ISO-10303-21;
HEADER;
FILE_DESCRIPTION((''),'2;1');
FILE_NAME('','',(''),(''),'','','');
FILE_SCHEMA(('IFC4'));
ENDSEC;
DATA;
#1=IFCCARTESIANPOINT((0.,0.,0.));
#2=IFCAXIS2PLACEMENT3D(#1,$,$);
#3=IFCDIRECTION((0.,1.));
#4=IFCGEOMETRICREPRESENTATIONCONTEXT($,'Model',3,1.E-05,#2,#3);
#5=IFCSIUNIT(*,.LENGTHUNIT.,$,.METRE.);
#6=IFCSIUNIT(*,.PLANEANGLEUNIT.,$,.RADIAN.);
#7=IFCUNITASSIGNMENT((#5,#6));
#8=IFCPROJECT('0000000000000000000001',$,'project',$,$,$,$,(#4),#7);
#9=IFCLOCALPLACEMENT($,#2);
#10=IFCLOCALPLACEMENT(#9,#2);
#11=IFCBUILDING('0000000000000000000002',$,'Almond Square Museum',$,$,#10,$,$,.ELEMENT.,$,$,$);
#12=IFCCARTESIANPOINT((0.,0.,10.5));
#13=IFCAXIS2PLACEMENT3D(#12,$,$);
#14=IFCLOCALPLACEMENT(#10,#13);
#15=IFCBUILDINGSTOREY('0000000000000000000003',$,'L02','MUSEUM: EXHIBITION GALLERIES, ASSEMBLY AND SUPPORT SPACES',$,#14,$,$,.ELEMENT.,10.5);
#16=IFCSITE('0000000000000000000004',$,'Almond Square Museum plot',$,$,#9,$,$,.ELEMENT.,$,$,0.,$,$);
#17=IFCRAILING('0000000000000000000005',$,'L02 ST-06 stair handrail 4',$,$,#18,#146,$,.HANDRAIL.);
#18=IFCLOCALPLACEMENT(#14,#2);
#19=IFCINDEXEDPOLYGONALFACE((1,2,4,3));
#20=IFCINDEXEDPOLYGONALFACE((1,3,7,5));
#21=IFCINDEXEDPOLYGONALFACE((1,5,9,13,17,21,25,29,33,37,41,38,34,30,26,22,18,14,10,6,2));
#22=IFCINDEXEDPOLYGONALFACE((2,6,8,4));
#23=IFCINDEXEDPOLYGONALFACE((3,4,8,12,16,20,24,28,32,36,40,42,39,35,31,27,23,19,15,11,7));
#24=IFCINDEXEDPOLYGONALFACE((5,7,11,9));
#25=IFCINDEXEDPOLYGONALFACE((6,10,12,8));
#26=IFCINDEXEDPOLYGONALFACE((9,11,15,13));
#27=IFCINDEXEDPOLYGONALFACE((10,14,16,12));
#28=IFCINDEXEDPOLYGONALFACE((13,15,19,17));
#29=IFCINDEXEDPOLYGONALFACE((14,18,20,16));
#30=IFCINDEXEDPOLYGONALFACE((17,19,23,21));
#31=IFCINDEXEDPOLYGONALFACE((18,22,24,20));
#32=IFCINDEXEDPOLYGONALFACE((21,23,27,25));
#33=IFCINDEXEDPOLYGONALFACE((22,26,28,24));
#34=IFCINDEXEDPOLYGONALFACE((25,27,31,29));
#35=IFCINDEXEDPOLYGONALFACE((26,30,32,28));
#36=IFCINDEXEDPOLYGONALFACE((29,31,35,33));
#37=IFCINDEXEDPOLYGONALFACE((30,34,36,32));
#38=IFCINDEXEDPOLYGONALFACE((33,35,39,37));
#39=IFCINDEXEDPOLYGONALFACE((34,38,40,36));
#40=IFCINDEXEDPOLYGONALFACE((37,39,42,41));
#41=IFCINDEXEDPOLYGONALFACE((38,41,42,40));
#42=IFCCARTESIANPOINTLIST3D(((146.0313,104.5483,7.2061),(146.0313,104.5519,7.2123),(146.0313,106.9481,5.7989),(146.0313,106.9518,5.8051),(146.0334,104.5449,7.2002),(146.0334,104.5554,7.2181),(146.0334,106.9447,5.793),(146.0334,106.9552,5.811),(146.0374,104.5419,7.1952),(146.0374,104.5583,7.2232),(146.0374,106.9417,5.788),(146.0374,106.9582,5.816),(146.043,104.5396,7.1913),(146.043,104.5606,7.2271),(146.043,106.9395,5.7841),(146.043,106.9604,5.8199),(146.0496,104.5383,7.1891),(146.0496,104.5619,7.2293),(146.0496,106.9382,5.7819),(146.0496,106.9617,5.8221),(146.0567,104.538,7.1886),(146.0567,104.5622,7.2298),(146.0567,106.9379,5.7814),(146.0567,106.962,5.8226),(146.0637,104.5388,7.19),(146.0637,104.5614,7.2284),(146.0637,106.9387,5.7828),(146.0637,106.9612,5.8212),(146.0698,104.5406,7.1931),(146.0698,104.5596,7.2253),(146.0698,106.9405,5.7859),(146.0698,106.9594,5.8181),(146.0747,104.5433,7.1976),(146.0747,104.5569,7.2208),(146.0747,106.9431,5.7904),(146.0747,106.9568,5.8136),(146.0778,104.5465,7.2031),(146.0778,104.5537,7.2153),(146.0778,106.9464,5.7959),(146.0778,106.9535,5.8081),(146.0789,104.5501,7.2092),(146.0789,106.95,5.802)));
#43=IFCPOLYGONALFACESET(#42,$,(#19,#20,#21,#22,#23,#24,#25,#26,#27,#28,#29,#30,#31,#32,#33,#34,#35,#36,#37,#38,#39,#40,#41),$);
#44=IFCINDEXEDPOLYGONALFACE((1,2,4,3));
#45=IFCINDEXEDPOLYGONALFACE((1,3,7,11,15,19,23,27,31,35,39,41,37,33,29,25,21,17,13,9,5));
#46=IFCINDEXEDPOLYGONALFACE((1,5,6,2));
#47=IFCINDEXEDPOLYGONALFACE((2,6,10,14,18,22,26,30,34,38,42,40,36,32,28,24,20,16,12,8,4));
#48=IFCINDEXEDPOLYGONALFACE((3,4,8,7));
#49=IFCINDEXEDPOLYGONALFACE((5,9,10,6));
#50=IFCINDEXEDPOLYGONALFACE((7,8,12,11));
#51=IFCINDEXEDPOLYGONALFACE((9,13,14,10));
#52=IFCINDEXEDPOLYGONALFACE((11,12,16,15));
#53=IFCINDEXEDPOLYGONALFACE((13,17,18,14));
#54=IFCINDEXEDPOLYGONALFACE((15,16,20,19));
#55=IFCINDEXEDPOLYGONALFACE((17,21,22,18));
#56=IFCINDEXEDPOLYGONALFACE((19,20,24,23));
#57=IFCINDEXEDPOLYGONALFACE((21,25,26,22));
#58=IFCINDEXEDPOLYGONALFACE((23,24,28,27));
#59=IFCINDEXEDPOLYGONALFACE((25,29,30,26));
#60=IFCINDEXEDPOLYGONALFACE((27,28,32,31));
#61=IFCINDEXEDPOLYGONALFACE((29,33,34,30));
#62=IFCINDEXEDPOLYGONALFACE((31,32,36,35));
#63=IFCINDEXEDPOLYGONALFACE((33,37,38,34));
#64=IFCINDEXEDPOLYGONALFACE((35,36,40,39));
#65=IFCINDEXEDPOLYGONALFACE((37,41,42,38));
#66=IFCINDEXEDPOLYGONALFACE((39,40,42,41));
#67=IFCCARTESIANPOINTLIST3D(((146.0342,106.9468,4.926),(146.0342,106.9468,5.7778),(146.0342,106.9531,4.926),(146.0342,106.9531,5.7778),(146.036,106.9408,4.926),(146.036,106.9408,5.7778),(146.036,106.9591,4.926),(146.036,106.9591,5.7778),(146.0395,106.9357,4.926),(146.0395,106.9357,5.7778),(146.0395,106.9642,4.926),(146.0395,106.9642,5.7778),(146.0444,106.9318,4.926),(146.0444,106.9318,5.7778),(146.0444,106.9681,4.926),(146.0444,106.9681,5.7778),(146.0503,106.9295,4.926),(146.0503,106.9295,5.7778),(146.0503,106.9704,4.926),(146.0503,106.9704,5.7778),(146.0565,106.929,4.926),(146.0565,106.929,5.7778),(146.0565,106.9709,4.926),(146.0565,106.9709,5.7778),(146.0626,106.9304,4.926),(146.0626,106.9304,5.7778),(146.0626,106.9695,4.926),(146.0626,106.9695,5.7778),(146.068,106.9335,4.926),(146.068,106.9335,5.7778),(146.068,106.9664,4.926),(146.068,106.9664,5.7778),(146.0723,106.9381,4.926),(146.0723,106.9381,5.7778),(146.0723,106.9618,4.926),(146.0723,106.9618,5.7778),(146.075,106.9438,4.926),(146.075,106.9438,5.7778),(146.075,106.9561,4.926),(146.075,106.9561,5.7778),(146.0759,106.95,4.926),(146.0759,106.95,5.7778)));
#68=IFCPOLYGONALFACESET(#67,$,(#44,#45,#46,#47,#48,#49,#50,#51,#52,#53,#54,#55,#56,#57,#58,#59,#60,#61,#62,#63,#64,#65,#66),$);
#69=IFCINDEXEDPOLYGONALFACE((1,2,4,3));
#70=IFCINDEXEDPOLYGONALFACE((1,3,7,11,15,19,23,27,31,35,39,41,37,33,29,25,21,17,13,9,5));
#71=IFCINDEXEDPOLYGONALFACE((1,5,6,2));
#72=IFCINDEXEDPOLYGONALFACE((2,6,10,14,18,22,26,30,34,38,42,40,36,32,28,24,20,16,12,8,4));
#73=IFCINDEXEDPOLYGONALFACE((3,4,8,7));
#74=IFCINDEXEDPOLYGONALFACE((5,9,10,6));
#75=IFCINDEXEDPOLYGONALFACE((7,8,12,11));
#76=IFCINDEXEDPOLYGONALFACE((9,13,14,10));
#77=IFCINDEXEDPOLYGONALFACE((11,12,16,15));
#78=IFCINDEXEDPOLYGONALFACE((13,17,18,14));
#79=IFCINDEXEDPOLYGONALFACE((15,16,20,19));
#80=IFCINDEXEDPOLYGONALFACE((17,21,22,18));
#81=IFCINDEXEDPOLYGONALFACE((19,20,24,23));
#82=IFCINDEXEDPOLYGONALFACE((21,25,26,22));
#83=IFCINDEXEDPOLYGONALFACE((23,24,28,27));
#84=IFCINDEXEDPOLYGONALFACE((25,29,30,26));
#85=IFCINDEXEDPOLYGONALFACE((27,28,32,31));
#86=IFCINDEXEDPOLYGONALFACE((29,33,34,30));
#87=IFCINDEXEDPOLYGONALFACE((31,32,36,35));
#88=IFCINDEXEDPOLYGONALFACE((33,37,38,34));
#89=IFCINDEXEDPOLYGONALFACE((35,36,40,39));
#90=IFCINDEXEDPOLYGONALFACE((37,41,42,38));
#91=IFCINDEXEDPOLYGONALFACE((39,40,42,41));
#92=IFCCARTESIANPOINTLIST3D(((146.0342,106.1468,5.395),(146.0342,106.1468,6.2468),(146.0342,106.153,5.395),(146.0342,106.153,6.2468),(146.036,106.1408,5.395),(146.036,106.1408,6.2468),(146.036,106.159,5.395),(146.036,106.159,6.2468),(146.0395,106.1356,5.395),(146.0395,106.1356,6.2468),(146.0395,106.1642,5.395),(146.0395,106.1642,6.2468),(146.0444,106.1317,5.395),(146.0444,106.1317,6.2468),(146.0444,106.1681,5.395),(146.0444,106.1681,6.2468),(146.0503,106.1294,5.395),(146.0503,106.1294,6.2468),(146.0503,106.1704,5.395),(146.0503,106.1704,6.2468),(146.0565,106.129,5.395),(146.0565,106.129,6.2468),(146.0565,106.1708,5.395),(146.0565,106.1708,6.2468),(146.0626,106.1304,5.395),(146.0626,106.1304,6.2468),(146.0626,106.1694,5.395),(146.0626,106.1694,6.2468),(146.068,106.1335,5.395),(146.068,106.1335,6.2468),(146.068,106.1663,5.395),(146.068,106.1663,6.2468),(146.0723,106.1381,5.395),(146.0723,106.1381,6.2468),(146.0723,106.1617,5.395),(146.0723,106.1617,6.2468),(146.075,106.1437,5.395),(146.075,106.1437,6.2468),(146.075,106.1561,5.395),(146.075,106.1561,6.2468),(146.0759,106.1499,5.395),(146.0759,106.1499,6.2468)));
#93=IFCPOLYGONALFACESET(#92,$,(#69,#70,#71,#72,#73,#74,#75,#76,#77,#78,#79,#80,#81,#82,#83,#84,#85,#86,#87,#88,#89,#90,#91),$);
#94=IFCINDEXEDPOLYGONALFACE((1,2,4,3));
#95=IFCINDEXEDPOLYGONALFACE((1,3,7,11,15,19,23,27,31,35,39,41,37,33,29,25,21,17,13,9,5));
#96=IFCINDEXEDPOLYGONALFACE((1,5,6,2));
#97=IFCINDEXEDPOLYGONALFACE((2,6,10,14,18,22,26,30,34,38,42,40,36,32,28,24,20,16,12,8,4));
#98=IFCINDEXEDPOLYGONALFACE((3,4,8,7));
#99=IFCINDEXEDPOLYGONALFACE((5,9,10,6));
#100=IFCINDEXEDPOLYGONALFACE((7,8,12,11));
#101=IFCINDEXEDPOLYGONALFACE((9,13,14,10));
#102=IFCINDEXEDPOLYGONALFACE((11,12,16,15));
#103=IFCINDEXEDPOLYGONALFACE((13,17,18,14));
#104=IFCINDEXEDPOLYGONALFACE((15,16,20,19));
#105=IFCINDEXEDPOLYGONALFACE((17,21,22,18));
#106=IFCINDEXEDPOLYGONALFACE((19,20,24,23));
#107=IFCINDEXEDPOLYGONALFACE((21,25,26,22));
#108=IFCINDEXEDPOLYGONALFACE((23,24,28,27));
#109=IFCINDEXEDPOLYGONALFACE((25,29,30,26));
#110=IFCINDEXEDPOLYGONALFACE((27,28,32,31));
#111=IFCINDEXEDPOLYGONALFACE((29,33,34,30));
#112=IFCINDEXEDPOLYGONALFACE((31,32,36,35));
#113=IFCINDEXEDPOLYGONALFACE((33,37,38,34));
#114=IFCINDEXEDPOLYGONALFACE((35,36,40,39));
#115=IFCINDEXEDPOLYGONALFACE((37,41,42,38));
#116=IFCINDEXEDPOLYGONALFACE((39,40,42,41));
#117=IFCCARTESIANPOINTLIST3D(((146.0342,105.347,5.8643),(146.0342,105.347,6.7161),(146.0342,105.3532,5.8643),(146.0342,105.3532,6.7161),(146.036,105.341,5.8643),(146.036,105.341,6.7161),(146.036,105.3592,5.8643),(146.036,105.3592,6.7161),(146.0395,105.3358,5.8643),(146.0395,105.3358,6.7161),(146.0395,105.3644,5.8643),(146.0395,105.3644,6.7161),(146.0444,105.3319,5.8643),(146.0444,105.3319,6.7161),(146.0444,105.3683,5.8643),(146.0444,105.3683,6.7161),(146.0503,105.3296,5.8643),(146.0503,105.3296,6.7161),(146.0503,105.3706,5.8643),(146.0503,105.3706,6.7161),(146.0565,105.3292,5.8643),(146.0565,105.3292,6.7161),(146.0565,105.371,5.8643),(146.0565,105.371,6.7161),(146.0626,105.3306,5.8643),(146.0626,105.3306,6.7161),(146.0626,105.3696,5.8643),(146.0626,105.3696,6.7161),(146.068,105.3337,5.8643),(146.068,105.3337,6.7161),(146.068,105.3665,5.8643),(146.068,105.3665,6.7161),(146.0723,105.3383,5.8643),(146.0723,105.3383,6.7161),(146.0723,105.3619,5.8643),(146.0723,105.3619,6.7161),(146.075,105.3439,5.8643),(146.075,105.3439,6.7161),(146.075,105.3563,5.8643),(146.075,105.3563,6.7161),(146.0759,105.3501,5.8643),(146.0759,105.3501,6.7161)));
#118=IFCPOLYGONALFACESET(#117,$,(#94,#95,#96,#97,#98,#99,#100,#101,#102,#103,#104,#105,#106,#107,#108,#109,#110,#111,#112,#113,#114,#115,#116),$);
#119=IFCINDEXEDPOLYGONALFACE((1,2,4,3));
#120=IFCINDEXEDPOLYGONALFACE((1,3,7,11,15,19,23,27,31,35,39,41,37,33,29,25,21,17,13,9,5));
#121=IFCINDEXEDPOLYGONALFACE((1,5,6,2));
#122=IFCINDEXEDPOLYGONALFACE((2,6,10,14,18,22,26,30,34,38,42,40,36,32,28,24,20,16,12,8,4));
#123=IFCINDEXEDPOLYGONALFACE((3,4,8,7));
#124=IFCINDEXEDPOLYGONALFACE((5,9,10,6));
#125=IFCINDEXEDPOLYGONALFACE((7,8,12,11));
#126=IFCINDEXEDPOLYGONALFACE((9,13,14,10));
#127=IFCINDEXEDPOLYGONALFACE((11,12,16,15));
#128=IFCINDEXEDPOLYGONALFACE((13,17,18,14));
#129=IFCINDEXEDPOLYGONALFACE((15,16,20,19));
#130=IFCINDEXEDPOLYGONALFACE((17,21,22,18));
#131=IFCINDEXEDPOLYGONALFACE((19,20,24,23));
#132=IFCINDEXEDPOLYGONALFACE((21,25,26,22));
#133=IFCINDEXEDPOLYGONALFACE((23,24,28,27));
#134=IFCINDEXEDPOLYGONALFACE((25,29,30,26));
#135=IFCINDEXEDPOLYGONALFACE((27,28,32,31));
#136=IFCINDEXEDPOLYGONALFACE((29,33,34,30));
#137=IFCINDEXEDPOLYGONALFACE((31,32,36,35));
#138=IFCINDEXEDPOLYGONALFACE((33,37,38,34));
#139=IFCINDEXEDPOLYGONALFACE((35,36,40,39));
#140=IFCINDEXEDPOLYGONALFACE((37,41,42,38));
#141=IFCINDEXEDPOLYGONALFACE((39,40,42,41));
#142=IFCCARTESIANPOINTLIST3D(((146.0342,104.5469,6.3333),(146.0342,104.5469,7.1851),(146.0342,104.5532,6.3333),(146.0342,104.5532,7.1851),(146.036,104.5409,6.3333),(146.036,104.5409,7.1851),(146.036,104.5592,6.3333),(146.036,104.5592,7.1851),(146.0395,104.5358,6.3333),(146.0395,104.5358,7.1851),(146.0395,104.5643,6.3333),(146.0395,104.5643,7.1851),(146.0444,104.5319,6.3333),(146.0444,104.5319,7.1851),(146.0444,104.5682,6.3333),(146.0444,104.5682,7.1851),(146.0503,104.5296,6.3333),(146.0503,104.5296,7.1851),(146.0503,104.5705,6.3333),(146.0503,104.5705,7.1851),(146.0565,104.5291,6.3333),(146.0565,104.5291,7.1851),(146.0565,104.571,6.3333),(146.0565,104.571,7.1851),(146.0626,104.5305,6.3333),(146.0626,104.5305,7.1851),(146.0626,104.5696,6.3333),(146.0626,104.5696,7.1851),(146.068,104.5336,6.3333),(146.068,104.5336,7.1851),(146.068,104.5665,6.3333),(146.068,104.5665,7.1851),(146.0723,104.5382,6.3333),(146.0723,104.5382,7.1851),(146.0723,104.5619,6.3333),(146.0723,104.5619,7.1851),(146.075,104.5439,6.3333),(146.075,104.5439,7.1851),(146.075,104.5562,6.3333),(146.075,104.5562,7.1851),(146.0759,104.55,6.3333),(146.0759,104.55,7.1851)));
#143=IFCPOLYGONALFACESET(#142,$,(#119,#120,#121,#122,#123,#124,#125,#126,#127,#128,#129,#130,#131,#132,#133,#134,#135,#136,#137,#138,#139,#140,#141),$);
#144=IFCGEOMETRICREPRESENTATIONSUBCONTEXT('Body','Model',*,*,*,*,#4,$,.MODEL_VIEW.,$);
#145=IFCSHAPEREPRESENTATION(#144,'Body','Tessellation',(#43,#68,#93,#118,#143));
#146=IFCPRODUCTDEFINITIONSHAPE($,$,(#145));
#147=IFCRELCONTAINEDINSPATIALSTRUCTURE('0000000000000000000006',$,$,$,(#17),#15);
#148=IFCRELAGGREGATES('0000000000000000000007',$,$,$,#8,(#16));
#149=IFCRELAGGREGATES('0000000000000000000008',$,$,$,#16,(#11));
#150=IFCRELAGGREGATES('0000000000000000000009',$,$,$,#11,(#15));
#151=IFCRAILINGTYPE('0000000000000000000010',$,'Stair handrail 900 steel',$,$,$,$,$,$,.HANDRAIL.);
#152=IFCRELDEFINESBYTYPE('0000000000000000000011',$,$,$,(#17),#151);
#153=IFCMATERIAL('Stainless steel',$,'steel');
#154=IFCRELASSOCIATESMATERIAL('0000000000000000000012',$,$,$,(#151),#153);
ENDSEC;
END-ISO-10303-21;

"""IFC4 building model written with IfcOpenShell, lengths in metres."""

from ifc_helpers import new_model, si_unit, direction, frame, origin, origin_2d, place, context, subcontext, project, spatial, circle, extrude, material, type_object, element, save


model = new_model("IFC4")

# Units and contexts
model_context = context("Model", 3, precision=1e-05, world=origin(), true_north=direction((0.0, 1.0)))
body_context = subcontext(model_context, "Body", "Model", "MODEL_VIEW")
ifc_project = project(units=[si_unit("LENGTHUNIT", "METRE"), si_unit("PLANEANGLEUNIT", "RADIAN")], contexts=[model_context])

# Site, building, storey
site_placement = place(None, origin())
site = spatial("IfcSite", under=ifc_project, at=site_placement, Name="Almond Square Museum plot", CompositionType="ELEMENT", RefElevation=0.0)
building_placement = place(site_placement, origin())
building = spatial("IfcBuilding", under=site, at=building_placement, Name="Almond Square Museum", CompositionType="ELEMENT")
storey_placement = place(building_placement, frame((0.0, 0.0, 10.5)))
storey = spatial("IfcBuildingStorey", under=building, at=storey_placement, Name="L02", Description="MUSEUM: EXHIBITION GALLERIES, ASSEMBLY AND SUPPORT SPACES", CompositionType="ELEMENT", Elevation=10.5)

# Railing
ifc_material_1 = material(Name="Stainless steel", Category="steel")
railing_type_1 = type_object("IfcRailingType", Name="Stair handrail 900 steel", PredefinedType="HANDRAIL", material=ifc_material_1)
railing_1_placement = place(storey_placement, frame((146.0549, 106.95, 4.926)))
element("IfcRailing", 1, at=railing_1_placement, inside=storey, type_object=railing_type_1, Name="L02 ST-06 stair handrail 4", PredefinedType="HANDRAIL", context=body_context, shape_type="SweptSolid", body=[
    extrude(circle(Radius=0.0239, at=origin_2d()), frame((0.0, 0.0, 0.876), z_axis=(0.0, -0.862637, 0.505823), x_axis=(1.0, 0.0, 0.0)), (0.0, 0.0, 1.0), 2.782),
    extrude(circle(Radius=0.021, at=origin_2d()), origin(), (0.0, 0.0, 1.0), 0.8518),
    extrude(circle(Radius=0.021, at=origin_2d()), frame((0.0, -0.8, 0.469)), (0.0, 0.0, 1.0), 0.8518),
    extrude(circle(Radius=0.021, at=origin_2d()), frame((0.0, -1.5999, 0.9382)), (0.0, 0.0, 1.0), 0.8518),
    extrude(circle(Radius=0.021, at=origin_2d()), frame((0.0, -2.3999, 1.4072)), (0.0, 0.0, 1.0), 0.8518),
])

save(model, "model.ifc")
